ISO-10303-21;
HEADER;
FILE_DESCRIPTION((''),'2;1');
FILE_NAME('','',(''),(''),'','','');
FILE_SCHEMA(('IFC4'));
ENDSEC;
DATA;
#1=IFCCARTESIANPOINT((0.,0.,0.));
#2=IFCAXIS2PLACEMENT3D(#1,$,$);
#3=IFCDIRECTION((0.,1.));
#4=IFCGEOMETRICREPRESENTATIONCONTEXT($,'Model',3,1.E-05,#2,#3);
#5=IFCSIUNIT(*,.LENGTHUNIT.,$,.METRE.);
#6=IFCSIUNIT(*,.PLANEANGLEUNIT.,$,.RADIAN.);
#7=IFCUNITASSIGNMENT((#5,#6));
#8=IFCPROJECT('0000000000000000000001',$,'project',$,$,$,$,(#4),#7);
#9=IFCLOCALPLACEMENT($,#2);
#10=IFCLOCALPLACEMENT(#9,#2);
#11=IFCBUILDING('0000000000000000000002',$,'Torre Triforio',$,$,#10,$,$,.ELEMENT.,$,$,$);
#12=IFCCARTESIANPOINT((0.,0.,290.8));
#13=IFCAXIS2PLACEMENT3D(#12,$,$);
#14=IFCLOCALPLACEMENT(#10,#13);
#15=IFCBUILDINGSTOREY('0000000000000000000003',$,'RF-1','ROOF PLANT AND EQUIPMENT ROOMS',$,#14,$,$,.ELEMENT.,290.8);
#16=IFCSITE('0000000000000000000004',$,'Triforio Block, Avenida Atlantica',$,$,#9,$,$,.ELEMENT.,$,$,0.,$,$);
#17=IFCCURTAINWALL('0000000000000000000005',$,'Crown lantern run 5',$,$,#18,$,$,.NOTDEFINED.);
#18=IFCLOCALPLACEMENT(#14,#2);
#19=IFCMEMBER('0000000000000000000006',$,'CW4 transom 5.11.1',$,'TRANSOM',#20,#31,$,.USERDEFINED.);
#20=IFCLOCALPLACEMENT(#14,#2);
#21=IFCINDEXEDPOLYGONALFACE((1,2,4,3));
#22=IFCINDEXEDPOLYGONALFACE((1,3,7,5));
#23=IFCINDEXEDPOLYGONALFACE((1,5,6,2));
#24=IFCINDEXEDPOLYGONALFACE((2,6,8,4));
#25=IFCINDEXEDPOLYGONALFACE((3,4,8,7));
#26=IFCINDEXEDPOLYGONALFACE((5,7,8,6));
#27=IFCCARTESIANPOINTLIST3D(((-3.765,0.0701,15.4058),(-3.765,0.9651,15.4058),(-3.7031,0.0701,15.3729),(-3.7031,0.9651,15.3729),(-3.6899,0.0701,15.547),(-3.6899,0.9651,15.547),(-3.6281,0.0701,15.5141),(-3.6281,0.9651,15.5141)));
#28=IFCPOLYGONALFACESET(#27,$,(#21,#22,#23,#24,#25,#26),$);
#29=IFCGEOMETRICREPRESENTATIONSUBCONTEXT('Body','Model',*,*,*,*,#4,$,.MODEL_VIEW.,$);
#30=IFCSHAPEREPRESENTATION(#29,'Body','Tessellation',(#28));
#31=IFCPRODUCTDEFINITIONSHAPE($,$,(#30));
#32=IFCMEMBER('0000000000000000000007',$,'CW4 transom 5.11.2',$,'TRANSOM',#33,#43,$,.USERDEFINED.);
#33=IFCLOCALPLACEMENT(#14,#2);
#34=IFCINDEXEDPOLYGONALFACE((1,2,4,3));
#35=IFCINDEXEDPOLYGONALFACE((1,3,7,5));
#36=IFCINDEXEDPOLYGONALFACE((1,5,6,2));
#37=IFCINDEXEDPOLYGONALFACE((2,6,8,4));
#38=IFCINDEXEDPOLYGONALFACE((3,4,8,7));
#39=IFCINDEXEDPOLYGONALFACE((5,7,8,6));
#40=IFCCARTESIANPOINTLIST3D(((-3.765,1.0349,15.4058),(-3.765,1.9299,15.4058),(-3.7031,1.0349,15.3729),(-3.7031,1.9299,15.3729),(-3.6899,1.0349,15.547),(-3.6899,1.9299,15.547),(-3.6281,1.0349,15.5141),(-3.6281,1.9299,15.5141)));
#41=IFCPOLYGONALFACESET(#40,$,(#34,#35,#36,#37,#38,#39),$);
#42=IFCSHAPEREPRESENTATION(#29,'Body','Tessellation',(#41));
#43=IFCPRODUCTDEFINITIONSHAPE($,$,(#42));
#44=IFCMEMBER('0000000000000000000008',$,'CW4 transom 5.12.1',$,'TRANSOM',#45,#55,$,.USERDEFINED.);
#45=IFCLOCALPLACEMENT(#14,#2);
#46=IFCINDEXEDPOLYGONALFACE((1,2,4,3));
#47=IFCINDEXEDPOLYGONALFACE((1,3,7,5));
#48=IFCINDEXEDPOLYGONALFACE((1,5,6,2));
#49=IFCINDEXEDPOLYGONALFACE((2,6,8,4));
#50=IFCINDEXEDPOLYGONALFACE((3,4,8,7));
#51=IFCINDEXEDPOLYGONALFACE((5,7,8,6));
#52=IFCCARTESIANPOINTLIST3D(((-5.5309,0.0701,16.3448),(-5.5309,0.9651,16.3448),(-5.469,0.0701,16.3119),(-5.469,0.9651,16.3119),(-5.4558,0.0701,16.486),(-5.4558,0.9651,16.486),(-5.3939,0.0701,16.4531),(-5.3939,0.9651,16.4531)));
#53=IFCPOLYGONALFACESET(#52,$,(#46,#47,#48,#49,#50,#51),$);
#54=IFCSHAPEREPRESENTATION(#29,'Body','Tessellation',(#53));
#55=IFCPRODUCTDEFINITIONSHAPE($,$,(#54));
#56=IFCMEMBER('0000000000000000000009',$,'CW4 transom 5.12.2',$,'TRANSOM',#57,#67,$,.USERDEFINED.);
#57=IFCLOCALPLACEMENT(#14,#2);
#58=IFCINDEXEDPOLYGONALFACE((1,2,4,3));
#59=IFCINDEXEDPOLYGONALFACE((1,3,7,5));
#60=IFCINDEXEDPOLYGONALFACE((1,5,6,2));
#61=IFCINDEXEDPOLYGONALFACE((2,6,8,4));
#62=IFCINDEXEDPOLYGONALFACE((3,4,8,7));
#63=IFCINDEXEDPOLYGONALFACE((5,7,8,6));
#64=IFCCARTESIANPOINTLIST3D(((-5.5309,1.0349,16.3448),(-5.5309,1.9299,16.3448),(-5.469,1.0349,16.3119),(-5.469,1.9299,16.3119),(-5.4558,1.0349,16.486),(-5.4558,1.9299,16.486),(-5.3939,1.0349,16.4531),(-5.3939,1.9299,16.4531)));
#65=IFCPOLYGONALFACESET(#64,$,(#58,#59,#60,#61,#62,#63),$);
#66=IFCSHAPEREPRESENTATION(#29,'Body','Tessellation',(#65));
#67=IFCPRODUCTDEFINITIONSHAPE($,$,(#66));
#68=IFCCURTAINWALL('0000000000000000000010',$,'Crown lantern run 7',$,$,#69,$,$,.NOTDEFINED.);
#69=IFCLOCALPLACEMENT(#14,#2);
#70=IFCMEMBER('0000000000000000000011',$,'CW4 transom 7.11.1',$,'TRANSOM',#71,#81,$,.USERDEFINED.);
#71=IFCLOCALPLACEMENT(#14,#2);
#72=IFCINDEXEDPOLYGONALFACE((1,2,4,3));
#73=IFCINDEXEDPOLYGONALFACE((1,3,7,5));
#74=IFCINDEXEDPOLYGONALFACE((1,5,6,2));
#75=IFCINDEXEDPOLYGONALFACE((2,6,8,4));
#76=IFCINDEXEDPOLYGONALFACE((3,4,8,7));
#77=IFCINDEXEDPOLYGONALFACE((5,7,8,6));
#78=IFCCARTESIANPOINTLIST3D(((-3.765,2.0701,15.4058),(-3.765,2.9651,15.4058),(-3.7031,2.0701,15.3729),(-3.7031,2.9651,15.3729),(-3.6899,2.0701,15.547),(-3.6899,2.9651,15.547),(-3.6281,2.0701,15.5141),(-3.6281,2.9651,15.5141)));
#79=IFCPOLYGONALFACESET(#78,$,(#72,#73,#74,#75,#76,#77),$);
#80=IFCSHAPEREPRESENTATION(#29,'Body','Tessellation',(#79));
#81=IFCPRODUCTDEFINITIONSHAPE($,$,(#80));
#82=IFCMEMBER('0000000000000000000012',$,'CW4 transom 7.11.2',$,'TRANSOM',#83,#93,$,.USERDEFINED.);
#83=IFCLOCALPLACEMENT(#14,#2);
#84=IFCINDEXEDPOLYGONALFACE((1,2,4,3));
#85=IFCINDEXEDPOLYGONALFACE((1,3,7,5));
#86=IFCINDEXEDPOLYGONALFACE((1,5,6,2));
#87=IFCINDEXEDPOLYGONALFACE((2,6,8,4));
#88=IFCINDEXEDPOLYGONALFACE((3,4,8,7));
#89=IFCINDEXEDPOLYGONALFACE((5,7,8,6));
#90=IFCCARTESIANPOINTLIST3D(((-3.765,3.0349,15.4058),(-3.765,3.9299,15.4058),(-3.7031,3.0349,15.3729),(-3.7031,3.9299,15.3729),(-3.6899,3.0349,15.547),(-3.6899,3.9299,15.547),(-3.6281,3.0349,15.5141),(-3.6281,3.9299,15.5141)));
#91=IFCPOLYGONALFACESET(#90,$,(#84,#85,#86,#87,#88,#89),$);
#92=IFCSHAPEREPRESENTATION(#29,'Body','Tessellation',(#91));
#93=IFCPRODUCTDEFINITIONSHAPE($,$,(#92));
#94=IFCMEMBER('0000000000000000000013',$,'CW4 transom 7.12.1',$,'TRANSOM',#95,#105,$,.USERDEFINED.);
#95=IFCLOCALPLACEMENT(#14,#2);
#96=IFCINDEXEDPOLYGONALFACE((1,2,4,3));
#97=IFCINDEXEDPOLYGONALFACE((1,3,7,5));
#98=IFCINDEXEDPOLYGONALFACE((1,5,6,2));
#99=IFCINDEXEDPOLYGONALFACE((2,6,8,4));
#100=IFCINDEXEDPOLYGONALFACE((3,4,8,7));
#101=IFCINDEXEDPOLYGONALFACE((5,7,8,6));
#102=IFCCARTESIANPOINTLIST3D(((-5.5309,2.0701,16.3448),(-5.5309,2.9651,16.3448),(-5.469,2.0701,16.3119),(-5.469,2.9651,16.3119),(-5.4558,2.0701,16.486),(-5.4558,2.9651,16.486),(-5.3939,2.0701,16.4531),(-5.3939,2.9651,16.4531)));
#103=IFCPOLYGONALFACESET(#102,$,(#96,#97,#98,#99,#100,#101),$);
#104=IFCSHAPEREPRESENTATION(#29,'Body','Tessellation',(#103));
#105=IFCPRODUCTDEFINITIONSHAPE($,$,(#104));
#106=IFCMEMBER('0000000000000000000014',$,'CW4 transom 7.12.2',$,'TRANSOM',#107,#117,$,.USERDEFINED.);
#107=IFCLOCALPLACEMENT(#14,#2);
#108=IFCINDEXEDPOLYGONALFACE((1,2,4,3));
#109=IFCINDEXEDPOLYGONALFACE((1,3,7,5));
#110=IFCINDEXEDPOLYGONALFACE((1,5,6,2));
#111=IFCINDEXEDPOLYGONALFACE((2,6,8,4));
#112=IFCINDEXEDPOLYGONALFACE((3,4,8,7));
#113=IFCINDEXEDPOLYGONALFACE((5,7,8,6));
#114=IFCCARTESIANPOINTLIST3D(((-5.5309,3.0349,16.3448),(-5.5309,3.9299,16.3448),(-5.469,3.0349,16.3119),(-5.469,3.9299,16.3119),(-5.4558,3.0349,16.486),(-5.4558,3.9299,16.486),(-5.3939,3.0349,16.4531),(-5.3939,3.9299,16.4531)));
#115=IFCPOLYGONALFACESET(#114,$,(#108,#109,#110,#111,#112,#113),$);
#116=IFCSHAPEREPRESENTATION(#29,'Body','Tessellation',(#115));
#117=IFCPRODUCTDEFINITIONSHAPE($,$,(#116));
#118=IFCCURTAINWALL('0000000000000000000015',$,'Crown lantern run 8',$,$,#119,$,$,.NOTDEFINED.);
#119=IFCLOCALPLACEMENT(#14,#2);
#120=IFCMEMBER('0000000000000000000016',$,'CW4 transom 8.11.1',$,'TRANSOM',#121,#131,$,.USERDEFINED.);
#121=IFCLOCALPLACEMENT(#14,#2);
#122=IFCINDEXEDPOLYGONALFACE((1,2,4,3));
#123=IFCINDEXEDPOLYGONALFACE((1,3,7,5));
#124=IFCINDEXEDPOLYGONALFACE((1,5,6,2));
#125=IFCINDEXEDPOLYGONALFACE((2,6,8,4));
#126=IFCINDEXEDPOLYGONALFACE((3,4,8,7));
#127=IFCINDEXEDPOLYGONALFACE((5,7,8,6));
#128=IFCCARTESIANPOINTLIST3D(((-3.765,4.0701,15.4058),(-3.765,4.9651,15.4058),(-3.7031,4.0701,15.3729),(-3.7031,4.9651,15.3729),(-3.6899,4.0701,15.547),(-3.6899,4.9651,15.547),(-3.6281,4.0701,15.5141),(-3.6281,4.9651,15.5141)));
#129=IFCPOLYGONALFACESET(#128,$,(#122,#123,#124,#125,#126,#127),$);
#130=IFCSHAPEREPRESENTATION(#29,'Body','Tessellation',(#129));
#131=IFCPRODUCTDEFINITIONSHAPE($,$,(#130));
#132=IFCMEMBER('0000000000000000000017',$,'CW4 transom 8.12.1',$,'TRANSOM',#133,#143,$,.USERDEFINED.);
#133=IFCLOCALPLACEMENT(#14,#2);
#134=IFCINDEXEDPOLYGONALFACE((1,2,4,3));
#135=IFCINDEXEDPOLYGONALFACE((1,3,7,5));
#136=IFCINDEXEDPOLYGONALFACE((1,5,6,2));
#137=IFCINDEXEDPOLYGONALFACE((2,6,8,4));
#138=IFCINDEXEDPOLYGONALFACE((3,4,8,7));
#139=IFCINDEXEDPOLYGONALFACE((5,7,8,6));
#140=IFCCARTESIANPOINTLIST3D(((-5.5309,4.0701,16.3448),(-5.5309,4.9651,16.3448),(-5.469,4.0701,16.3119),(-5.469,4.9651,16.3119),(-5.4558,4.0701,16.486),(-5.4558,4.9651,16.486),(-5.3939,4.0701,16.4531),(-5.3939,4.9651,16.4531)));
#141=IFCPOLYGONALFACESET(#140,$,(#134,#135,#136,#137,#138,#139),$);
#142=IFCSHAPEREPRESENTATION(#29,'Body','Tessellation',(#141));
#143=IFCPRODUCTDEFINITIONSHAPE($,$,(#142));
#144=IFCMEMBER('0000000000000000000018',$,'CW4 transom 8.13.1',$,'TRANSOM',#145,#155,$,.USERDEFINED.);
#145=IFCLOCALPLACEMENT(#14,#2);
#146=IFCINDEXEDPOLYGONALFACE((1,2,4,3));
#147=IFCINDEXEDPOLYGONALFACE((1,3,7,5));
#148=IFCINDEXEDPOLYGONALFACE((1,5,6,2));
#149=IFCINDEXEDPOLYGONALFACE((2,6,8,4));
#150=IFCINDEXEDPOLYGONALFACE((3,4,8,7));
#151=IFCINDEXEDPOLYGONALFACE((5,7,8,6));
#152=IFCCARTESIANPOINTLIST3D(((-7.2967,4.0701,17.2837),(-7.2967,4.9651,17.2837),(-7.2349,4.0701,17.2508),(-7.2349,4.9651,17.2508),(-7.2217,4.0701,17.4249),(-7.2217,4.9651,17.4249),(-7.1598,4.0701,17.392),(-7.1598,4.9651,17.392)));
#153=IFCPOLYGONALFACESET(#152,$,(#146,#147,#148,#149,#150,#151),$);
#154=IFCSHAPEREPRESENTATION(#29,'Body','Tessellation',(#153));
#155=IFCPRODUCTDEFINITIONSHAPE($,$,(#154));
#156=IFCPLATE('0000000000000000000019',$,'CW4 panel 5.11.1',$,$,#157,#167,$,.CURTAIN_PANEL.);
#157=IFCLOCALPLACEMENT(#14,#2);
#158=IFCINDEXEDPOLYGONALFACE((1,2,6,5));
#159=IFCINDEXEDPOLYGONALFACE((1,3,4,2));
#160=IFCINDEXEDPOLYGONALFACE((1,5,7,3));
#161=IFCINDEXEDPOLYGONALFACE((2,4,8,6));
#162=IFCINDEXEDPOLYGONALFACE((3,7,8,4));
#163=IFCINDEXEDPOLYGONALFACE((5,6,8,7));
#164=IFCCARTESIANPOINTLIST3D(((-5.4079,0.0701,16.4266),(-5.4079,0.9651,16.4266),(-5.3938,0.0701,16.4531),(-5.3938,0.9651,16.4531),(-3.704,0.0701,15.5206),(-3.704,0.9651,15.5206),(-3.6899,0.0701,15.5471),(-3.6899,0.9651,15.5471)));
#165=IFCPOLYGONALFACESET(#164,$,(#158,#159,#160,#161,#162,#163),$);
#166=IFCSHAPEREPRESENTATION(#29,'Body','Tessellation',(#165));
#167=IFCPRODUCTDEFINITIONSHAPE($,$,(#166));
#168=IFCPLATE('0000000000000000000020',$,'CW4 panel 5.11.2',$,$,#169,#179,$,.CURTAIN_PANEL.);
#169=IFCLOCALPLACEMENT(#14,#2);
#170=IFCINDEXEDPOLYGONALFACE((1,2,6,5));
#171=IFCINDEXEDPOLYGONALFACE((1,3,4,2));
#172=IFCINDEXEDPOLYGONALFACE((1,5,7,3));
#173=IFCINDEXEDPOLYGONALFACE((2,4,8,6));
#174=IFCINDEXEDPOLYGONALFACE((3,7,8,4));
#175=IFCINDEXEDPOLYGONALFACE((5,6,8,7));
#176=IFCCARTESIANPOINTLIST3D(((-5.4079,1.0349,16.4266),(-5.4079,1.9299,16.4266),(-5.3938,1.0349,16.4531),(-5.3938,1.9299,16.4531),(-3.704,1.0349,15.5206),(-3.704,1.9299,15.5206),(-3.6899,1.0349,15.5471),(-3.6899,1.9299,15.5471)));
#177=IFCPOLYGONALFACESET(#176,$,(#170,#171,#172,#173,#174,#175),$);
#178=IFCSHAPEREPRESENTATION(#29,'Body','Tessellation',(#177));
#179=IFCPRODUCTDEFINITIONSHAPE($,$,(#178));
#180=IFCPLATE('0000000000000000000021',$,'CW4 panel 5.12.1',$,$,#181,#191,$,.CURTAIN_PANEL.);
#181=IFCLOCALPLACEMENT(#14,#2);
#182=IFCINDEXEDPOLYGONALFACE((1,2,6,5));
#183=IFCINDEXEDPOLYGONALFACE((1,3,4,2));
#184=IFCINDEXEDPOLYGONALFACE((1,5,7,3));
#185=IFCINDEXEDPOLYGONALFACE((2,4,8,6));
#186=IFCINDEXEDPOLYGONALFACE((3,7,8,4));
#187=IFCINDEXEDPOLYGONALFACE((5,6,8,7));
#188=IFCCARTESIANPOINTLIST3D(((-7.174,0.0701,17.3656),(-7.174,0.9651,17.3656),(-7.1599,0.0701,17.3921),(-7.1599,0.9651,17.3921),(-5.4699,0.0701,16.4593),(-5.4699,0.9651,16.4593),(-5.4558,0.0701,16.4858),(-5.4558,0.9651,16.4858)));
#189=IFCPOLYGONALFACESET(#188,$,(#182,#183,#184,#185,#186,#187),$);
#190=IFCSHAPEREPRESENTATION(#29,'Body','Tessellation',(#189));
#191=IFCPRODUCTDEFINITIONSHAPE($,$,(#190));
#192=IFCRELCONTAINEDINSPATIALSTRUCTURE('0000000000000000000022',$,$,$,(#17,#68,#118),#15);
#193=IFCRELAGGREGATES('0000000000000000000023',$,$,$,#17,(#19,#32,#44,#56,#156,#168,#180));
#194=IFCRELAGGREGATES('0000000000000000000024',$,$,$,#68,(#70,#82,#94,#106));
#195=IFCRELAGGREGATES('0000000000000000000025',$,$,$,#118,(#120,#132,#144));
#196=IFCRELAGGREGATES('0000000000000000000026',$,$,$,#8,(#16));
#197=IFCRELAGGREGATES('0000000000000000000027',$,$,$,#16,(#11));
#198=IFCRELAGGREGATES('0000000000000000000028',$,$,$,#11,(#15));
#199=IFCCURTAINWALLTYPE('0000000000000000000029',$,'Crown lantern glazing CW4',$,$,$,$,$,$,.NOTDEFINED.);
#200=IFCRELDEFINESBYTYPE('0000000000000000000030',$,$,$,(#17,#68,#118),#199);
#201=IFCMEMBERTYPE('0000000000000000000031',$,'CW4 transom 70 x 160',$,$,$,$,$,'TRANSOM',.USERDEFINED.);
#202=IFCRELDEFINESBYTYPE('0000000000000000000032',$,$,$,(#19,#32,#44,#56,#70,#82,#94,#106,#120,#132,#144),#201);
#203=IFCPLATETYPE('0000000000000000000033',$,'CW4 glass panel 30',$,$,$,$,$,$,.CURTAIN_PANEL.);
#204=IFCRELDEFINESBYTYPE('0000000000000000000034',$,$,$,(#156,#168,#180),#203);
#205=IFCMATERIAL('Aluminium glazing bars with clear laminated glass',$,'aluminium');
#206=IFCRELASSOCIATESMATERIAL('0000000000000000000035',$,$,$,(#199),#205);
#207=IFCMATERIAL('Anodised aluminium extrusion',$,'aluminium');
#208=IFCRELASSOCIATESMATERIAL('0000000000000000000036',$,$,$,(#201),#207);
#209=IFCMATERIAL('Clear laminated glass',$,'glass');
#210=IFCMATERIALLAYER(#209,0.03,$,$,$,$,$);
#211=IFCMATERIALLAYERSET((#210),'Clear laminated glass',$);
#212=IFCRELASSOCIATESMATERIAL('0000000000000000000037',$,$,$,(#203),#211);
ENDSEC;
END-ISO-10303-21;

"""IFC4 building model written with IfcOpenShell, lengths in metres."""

from ifc_helpers import new_model, si_unit, direction, frame, origin, origin_2d, place, context, subcontext, project, spatial, polyline, rectangle, outline, extrude, material, layer, layer_set, material_profile, profile_set, type_object, element, aggregate, save


model = new_model("IFC4")

# Units and contexts
model_context = context("Model", 3, precision=1e-05, world=origin(), true_north=direction((0.0, 1.0)))
body_context = subcontext(model_context, "Body", "Model", "MODEL_VIEW")
ifc_project = project(units=[si_unit("LENGTHUNIT", "METRE"), si_unit("PLANEANGLEUNIT", "RADIAN")], contexts=[model_context])

# Site, building, storey
site_placement = place(None, origin())
site = spatial("IfcSite", under=ifc_project, at=site_placement, Name="Triforio Block, Avenida Atlantica", CompositionType="ELEMENT", RefElevation=0.0)
building_placement = place(site_placement, origin())
building = spatial("IfcBuilding", under=site, at=building_placement, Name="Torre Triforio", CompositionType="ELEMENT")
storey_placement = place(building_placement, frame((0.0, 0.0, 290.8)))
storey = spatial("IfcBuildingStorey", under=building, at=storey_placement, Name="RF-1", Description="ROOF PLANT AND EQUIPMENT ROOMS", CompositionType="ELEMENT", Elevation=290.8)

# Curtain walls, members
ifc_material_1 = material(Name="Aluminium glazing bars with clear laminated glass", Category="aluminium")
curtain_wall_type = type_object("IfcCurtainWallType", Name="Crown lantern glazing CW4", PredefinedType="NOTDEFINED", material=ifc_material_1)
curtain_wall_1_placement = place(storey_placement, origin())
curtain_wall_1 = element("IfcCurtainWall", 1, at=curtain_wall_1_placement, inside=storey, type_object=curtain_wall_type, Name="Crown lantern run 5", PredefinedType="NOTDEFINED")
ifc_material_2 = material(Name="Anodised aluminium extrusion", Category="aluminium")
ifc_material_profile = material_profile(ifc_material_2, rectangle(XDim=0.0701, YDim=0.1599, at=origin_2d()), Name="CW4 TRANSOM 70x160")
ifc_profile_set = profile_set([ifc_material_profile], Name="Anodised aluminium extrusion")
member_type = type_object("IfcMemberType", Name="CW4 transom 70 x 160", ElementType="TRANSOM", PredefinedType="USERDEFINED", material=ifc_profile_set)
member_1_placement = place(storey_placement, frame((-3.6965, 0.0701, 15.46), z_axis=(0.0, 1.0, 0.0), x_axis=(-0.882948, 0.0, 0.469472)))
member_1 = element("IfcMember", 2, at=member_1_placement, type_object=member_type, Name="CW4 transom 5.11.1", ObjectType="TRANSOM", PredefinedType="USERDEFINED", context=body_context, shape_type="SweptSolid", body=[
    extrude(rectangle(XDim=0.0701, YDim=0.1599, at=origin_2d()), origin(), (0.0, 0.0, 1.0), 0.895),
])
member_2_placement = place(storey_placement, frame((-3.6965, 1.0349, 15.46), z_axis=(0.0, 1.0, 0.0), x_axis=(-0.882948, 0.0, 0.469472)))
member_2 = element("IfcMember", 3, at=member_2_placement, type_object=member_type, Name="CW4 transom 5.11.2", ObjectType="TRANSOM", PredefinedType="USERDEFINED", context=body_context, shape_type="SweptSolid", body=[
    extrude(rectangle(XDim=0.0701, YDim=0.1599, at=origin_2d()), origin(), (0.0, 0.0, 1.0), 0.895),
])
member_3_placement = place(storey_placement, frame((-5.4624, 0.0701, 16.3989), z_axis=(0.0, 1.0, 0.0), x_axis=(-0.882948, 0.0, 0.469472)))
member_3 = element("IfcMember", 4, at=member_3_placement, type_object=member_type, Name="CW4 transom 5.12.1", ObjectType="TRANSOM", PredefinedType="USERDEFINED", context=body_context, shape_type="SweptSolid", body=[
    extrude(rectangle(XDim=0.0701, YDim=0.1599, at=origin_2d()), origin(), (0.0, 0.0, 1.0), 0.895),
])
member_4_placement = place(storey_placement, frame((-5.4624, 1.0349, 16.3989), z_axis=(0.0, 1.0, 0.0), x_axis=(-0.882948, 0.0, 0.469472)))
member_4 = element("IfcMember", 5, at=member_4_placement, type_object=member_type, Name="CW4 transom 5.12.2", ObjectType="TRANSOM", PredefinedType="USERDEFINED", context=body_context, shape_type="SweptSolid", body=[
    extrude(rectangle(XDim=0.0701, YDim=0.1599, at=origin_2d()), origin(), (0.0, 0.0, 1.0), 0.895),
])
curtain_wall_2_placement = place(storey_placement, origin())
curtain_wall_2 = element("IfcCurtainWall", 6, at=curtain_wall_2_placement, inside=storey, type_object=curtain_wall_type, Name="Crown lantern run 7", PredefinedType="NOTDEFINED")
member_5_placement = place(storey_placement, frame((-3.6965, 2.0701, 15.46), z_axis=(0.0, 1.0, 0.0), x_axis=(-0.882948, 0.0, 0.469472)))
member_5 = element("IfcMember", 7, at=member_5_placement, type_object=member_type, Name="CW4 transom 7.11.1", ObjectType="TRANSOM", PredefinedType="USERDEFINED", context=body_context, shape_type="SweptSolid", body=[
    extrude(rectangle(XDim=0.0701, YDim=0.1599, at=origin_2d()), origin(), (0.0, 0.0, 1.0), 0.895),
])
member_6_placement = place(storey_placement, frame((-3.6965, 3.0349, 15.46), z_axis=(0.0, 1.0, 0.0), x_axis=(-0.882948, 0.0, 0.469472)))
member_6 = element("IfcMember", 8, at=member_6_placement, type_object=member_type, Name="CW4 transom 7.11.2", ObjectType="TRANSOM", PredefinedType="USERDEFINED", context=body_context, shape_type="SweptSolid", body=[
    extrude(rectangle(XDim=0.0701, YDim=0.1599, at=origin_2d()), origin(), (0.0, 0.0, 1.0), 0.895),
])
member_7_placement = place(storey_placement, frame((-5.4624, 2.0701, 16.3989), z_axis=(0.0, 1.0, 0.0), x_axis=(-0.882948, 0.0, 0.469472)))
member_7 = element("IfcMember", 9, at=member_7_placement, type_object=member_type, Name="CW4 transom 7.12.1", ObjectType="TRANSOM", PredefinedType="USERDEFINED", context=body_context, shape_type="SweptSolid", body=[
    extrude(rectangle(XDim=0.0701, YDim=0.1599, at=origin_2d()), origin(), (0.0, 0.0, 1.0), 0.895),
])
member_8_placement = place(storey_placement, frame((-5.4624, 3.0349, 16.3989), z_axis=(0.0, 1.0, 0.0), x_axis=(-0.882948, 0.0, 0.469472)))
member_8 = element("IfcMember", 10, at=member_8_placement, type_object=member_type, Name="CW4 transom 7.12.2", ObjectType="TRANSOM", PredefinedType="USERDEFINED", context=body_context, shape_type="SweptSolid", body=[
    extrude(rectangle(XDim=0.0701, YDim=0.1599, at=origin_2d()), origin(), (0.0, 0.0, 1.0), 0.895),
])
curtain_wall_3_placement = place(storey_placement, origin())
curtain_wall_3 = element("IfcCurtainWall", 11, at=curtain_wall_3_placement, inside=storey, type_object=curtain_wall_type, Name="Crown lantern run 8", PredefinedType="NOTDEFINED")
member_9_placement = place(storey_placement, frame((-3.6965, 4.0701, 15.46), z_axis=(0.0, 1.0, 0.0), x_axis=(-0.882948, 0.0, 0.469472)))
member_9 = element("IfcMember", 12, at=member_9_placement, type_object=member_type, Name="CW4 transom 8.11.1", ObjectType="TRANSOM", PredefinedType="USERDEFINED", context=body_context, shape_type="SweptSolid", body=[
    extrude(rectangle(XDim=0.0701, YDim=0.1599, at=origin_2d()), origin(), (0.0, 0.0, 1.0), 0.895),
])
member_10_placement = place(storey_placement, frame((-5.4624, 4.0701, 16.3989), z_axis=(0.0, 1.0, 0.0), x_axis=(-0.882948, 0.0, 0.469472)))
member_10 = element("IfcMember", 13, at=member_10_placement, type_object=member_type, Name="CW4 transom 8.12.1", ObjectType="TRANSOM", PredefinedType="USERDEFINED", context=body_context, shape_type="SweptSolid", body=[
    extrude(rectangle(XDim=0.0701, YDim=0.1599, at=origin_2d()), origin(), (0.0, 0.0, 1.0), 0.895),
])
member_11_placement = place(storey_placement, frame((-7.2283, 4.0701, 17.3379), z_axis=(0.0, 1.0, 0.0), x_axis=(-0.882948, 0.0, 0.469472)))
member_11 = element("IfcMember", 14, at=member_11_placement, type_object=member_type, Name="CW4 transom 8.13.1", ObjectType="TRANSOM", PredefinedType="USERDEFINED", context=body_context, shape_type="SweptSolid", body=[
    extrude(rectangle(XDim=0.0701, YDim=0.1599, at=origin_2d()), origin(), (0.0, 0.0, 1.0), 0.895),
])

# Plates
ifc_material_3 = material(Name="Clear laminated glass", Category="glass")
ifc_layer_1 = layer(ifc_material_3, 0.03)
ifc_layer_set_1 = layer_set([ifc_layer_1], Name="Clear laminated glass")
plate_type = type_object("IfcPlateType", Name="CW4 glass panel 30", PredefinedType="CURTAIN_PANEL", material=ifc_layer_set_1)
plate_1_placement = place(storey_placement, frame((-3.6899, 0.0701, 15.5471), z_axis=(0.469491, 0.0, 0.882937), x_axis=(0.0, 1.0, 0.0)))
plate_1 = element("IfcPlate", 15, at=plate_1_placement, type_object=plate_type, Name="CW4 panel 5.11.1", PredefinedType="CURTAIN_PANEL", context=body_context, shape_type="SweptSolid", body=[
    extrude(outline(polyline([(0.0, 0.0), (0.895, 0.0), (0.895, 1.9298), (0.0, 1.9298), (0.0, 0.0)])), origin(), (0.0, 0.0, -1.0), 0.03),
])
plate_2_placement = place(storey_placement, frame((-3.6899, 1.0349, 15.5471), z_axis=(0.469491, 0.0, 0.882937), x_axis=(0.0, 1.0, 0.0)))
plate_2 = element("IfcPlate", 16, at=plate_2_placement, type_object=plate_type, Name="CW4 panel 5.11.2", PredefinedType="CURTAIN_PANEL", context=body_context, shape_type="SweptSolid", body=[
    extrude(outline(polyline([(0.0, 0.0), (0.895, 0.0), (0.895, 1.9298), (0.0, 1.9298), (0.0, 0.0)])), origin(), (0.0, 0.0, -1.0), 0.03),
])
plate_3_placement = place(storey_placement, frame((-5.4558, 0.0701, 16.4858), z_axis=(0.469537, 0.0, 0.882913), x_axis=(0.0, 1.0, 0.0)))
plate_3 = element("IfcPlate", 17, at=plate_3_placement, type_object=plate_type, Name="CW4 panel 5.12.1", PredefinedType="CURTAIN_PANEL", context=body_context, shape_type="SweptSolid", body=[
    extrude(outline(polyline([(0.0, 0.0), (0.895, 0.0), (0.895, 1.9301), (0.0, 1.9301), (0.0, 0.0)])), origin(), (0.0, 0.0, -1.0), 0.03),
])
aggregate(curtain_wall_1, [member_1, member_2, member_3, member_4, plate_1, plate_2, plate_3])
aggregate(curtain_wall_2, [member_5, member_6, member_7, member_8])
aggregate(curtain_wall_3, [member_9, member_10, member_11])

save(model, "model.ifc")
